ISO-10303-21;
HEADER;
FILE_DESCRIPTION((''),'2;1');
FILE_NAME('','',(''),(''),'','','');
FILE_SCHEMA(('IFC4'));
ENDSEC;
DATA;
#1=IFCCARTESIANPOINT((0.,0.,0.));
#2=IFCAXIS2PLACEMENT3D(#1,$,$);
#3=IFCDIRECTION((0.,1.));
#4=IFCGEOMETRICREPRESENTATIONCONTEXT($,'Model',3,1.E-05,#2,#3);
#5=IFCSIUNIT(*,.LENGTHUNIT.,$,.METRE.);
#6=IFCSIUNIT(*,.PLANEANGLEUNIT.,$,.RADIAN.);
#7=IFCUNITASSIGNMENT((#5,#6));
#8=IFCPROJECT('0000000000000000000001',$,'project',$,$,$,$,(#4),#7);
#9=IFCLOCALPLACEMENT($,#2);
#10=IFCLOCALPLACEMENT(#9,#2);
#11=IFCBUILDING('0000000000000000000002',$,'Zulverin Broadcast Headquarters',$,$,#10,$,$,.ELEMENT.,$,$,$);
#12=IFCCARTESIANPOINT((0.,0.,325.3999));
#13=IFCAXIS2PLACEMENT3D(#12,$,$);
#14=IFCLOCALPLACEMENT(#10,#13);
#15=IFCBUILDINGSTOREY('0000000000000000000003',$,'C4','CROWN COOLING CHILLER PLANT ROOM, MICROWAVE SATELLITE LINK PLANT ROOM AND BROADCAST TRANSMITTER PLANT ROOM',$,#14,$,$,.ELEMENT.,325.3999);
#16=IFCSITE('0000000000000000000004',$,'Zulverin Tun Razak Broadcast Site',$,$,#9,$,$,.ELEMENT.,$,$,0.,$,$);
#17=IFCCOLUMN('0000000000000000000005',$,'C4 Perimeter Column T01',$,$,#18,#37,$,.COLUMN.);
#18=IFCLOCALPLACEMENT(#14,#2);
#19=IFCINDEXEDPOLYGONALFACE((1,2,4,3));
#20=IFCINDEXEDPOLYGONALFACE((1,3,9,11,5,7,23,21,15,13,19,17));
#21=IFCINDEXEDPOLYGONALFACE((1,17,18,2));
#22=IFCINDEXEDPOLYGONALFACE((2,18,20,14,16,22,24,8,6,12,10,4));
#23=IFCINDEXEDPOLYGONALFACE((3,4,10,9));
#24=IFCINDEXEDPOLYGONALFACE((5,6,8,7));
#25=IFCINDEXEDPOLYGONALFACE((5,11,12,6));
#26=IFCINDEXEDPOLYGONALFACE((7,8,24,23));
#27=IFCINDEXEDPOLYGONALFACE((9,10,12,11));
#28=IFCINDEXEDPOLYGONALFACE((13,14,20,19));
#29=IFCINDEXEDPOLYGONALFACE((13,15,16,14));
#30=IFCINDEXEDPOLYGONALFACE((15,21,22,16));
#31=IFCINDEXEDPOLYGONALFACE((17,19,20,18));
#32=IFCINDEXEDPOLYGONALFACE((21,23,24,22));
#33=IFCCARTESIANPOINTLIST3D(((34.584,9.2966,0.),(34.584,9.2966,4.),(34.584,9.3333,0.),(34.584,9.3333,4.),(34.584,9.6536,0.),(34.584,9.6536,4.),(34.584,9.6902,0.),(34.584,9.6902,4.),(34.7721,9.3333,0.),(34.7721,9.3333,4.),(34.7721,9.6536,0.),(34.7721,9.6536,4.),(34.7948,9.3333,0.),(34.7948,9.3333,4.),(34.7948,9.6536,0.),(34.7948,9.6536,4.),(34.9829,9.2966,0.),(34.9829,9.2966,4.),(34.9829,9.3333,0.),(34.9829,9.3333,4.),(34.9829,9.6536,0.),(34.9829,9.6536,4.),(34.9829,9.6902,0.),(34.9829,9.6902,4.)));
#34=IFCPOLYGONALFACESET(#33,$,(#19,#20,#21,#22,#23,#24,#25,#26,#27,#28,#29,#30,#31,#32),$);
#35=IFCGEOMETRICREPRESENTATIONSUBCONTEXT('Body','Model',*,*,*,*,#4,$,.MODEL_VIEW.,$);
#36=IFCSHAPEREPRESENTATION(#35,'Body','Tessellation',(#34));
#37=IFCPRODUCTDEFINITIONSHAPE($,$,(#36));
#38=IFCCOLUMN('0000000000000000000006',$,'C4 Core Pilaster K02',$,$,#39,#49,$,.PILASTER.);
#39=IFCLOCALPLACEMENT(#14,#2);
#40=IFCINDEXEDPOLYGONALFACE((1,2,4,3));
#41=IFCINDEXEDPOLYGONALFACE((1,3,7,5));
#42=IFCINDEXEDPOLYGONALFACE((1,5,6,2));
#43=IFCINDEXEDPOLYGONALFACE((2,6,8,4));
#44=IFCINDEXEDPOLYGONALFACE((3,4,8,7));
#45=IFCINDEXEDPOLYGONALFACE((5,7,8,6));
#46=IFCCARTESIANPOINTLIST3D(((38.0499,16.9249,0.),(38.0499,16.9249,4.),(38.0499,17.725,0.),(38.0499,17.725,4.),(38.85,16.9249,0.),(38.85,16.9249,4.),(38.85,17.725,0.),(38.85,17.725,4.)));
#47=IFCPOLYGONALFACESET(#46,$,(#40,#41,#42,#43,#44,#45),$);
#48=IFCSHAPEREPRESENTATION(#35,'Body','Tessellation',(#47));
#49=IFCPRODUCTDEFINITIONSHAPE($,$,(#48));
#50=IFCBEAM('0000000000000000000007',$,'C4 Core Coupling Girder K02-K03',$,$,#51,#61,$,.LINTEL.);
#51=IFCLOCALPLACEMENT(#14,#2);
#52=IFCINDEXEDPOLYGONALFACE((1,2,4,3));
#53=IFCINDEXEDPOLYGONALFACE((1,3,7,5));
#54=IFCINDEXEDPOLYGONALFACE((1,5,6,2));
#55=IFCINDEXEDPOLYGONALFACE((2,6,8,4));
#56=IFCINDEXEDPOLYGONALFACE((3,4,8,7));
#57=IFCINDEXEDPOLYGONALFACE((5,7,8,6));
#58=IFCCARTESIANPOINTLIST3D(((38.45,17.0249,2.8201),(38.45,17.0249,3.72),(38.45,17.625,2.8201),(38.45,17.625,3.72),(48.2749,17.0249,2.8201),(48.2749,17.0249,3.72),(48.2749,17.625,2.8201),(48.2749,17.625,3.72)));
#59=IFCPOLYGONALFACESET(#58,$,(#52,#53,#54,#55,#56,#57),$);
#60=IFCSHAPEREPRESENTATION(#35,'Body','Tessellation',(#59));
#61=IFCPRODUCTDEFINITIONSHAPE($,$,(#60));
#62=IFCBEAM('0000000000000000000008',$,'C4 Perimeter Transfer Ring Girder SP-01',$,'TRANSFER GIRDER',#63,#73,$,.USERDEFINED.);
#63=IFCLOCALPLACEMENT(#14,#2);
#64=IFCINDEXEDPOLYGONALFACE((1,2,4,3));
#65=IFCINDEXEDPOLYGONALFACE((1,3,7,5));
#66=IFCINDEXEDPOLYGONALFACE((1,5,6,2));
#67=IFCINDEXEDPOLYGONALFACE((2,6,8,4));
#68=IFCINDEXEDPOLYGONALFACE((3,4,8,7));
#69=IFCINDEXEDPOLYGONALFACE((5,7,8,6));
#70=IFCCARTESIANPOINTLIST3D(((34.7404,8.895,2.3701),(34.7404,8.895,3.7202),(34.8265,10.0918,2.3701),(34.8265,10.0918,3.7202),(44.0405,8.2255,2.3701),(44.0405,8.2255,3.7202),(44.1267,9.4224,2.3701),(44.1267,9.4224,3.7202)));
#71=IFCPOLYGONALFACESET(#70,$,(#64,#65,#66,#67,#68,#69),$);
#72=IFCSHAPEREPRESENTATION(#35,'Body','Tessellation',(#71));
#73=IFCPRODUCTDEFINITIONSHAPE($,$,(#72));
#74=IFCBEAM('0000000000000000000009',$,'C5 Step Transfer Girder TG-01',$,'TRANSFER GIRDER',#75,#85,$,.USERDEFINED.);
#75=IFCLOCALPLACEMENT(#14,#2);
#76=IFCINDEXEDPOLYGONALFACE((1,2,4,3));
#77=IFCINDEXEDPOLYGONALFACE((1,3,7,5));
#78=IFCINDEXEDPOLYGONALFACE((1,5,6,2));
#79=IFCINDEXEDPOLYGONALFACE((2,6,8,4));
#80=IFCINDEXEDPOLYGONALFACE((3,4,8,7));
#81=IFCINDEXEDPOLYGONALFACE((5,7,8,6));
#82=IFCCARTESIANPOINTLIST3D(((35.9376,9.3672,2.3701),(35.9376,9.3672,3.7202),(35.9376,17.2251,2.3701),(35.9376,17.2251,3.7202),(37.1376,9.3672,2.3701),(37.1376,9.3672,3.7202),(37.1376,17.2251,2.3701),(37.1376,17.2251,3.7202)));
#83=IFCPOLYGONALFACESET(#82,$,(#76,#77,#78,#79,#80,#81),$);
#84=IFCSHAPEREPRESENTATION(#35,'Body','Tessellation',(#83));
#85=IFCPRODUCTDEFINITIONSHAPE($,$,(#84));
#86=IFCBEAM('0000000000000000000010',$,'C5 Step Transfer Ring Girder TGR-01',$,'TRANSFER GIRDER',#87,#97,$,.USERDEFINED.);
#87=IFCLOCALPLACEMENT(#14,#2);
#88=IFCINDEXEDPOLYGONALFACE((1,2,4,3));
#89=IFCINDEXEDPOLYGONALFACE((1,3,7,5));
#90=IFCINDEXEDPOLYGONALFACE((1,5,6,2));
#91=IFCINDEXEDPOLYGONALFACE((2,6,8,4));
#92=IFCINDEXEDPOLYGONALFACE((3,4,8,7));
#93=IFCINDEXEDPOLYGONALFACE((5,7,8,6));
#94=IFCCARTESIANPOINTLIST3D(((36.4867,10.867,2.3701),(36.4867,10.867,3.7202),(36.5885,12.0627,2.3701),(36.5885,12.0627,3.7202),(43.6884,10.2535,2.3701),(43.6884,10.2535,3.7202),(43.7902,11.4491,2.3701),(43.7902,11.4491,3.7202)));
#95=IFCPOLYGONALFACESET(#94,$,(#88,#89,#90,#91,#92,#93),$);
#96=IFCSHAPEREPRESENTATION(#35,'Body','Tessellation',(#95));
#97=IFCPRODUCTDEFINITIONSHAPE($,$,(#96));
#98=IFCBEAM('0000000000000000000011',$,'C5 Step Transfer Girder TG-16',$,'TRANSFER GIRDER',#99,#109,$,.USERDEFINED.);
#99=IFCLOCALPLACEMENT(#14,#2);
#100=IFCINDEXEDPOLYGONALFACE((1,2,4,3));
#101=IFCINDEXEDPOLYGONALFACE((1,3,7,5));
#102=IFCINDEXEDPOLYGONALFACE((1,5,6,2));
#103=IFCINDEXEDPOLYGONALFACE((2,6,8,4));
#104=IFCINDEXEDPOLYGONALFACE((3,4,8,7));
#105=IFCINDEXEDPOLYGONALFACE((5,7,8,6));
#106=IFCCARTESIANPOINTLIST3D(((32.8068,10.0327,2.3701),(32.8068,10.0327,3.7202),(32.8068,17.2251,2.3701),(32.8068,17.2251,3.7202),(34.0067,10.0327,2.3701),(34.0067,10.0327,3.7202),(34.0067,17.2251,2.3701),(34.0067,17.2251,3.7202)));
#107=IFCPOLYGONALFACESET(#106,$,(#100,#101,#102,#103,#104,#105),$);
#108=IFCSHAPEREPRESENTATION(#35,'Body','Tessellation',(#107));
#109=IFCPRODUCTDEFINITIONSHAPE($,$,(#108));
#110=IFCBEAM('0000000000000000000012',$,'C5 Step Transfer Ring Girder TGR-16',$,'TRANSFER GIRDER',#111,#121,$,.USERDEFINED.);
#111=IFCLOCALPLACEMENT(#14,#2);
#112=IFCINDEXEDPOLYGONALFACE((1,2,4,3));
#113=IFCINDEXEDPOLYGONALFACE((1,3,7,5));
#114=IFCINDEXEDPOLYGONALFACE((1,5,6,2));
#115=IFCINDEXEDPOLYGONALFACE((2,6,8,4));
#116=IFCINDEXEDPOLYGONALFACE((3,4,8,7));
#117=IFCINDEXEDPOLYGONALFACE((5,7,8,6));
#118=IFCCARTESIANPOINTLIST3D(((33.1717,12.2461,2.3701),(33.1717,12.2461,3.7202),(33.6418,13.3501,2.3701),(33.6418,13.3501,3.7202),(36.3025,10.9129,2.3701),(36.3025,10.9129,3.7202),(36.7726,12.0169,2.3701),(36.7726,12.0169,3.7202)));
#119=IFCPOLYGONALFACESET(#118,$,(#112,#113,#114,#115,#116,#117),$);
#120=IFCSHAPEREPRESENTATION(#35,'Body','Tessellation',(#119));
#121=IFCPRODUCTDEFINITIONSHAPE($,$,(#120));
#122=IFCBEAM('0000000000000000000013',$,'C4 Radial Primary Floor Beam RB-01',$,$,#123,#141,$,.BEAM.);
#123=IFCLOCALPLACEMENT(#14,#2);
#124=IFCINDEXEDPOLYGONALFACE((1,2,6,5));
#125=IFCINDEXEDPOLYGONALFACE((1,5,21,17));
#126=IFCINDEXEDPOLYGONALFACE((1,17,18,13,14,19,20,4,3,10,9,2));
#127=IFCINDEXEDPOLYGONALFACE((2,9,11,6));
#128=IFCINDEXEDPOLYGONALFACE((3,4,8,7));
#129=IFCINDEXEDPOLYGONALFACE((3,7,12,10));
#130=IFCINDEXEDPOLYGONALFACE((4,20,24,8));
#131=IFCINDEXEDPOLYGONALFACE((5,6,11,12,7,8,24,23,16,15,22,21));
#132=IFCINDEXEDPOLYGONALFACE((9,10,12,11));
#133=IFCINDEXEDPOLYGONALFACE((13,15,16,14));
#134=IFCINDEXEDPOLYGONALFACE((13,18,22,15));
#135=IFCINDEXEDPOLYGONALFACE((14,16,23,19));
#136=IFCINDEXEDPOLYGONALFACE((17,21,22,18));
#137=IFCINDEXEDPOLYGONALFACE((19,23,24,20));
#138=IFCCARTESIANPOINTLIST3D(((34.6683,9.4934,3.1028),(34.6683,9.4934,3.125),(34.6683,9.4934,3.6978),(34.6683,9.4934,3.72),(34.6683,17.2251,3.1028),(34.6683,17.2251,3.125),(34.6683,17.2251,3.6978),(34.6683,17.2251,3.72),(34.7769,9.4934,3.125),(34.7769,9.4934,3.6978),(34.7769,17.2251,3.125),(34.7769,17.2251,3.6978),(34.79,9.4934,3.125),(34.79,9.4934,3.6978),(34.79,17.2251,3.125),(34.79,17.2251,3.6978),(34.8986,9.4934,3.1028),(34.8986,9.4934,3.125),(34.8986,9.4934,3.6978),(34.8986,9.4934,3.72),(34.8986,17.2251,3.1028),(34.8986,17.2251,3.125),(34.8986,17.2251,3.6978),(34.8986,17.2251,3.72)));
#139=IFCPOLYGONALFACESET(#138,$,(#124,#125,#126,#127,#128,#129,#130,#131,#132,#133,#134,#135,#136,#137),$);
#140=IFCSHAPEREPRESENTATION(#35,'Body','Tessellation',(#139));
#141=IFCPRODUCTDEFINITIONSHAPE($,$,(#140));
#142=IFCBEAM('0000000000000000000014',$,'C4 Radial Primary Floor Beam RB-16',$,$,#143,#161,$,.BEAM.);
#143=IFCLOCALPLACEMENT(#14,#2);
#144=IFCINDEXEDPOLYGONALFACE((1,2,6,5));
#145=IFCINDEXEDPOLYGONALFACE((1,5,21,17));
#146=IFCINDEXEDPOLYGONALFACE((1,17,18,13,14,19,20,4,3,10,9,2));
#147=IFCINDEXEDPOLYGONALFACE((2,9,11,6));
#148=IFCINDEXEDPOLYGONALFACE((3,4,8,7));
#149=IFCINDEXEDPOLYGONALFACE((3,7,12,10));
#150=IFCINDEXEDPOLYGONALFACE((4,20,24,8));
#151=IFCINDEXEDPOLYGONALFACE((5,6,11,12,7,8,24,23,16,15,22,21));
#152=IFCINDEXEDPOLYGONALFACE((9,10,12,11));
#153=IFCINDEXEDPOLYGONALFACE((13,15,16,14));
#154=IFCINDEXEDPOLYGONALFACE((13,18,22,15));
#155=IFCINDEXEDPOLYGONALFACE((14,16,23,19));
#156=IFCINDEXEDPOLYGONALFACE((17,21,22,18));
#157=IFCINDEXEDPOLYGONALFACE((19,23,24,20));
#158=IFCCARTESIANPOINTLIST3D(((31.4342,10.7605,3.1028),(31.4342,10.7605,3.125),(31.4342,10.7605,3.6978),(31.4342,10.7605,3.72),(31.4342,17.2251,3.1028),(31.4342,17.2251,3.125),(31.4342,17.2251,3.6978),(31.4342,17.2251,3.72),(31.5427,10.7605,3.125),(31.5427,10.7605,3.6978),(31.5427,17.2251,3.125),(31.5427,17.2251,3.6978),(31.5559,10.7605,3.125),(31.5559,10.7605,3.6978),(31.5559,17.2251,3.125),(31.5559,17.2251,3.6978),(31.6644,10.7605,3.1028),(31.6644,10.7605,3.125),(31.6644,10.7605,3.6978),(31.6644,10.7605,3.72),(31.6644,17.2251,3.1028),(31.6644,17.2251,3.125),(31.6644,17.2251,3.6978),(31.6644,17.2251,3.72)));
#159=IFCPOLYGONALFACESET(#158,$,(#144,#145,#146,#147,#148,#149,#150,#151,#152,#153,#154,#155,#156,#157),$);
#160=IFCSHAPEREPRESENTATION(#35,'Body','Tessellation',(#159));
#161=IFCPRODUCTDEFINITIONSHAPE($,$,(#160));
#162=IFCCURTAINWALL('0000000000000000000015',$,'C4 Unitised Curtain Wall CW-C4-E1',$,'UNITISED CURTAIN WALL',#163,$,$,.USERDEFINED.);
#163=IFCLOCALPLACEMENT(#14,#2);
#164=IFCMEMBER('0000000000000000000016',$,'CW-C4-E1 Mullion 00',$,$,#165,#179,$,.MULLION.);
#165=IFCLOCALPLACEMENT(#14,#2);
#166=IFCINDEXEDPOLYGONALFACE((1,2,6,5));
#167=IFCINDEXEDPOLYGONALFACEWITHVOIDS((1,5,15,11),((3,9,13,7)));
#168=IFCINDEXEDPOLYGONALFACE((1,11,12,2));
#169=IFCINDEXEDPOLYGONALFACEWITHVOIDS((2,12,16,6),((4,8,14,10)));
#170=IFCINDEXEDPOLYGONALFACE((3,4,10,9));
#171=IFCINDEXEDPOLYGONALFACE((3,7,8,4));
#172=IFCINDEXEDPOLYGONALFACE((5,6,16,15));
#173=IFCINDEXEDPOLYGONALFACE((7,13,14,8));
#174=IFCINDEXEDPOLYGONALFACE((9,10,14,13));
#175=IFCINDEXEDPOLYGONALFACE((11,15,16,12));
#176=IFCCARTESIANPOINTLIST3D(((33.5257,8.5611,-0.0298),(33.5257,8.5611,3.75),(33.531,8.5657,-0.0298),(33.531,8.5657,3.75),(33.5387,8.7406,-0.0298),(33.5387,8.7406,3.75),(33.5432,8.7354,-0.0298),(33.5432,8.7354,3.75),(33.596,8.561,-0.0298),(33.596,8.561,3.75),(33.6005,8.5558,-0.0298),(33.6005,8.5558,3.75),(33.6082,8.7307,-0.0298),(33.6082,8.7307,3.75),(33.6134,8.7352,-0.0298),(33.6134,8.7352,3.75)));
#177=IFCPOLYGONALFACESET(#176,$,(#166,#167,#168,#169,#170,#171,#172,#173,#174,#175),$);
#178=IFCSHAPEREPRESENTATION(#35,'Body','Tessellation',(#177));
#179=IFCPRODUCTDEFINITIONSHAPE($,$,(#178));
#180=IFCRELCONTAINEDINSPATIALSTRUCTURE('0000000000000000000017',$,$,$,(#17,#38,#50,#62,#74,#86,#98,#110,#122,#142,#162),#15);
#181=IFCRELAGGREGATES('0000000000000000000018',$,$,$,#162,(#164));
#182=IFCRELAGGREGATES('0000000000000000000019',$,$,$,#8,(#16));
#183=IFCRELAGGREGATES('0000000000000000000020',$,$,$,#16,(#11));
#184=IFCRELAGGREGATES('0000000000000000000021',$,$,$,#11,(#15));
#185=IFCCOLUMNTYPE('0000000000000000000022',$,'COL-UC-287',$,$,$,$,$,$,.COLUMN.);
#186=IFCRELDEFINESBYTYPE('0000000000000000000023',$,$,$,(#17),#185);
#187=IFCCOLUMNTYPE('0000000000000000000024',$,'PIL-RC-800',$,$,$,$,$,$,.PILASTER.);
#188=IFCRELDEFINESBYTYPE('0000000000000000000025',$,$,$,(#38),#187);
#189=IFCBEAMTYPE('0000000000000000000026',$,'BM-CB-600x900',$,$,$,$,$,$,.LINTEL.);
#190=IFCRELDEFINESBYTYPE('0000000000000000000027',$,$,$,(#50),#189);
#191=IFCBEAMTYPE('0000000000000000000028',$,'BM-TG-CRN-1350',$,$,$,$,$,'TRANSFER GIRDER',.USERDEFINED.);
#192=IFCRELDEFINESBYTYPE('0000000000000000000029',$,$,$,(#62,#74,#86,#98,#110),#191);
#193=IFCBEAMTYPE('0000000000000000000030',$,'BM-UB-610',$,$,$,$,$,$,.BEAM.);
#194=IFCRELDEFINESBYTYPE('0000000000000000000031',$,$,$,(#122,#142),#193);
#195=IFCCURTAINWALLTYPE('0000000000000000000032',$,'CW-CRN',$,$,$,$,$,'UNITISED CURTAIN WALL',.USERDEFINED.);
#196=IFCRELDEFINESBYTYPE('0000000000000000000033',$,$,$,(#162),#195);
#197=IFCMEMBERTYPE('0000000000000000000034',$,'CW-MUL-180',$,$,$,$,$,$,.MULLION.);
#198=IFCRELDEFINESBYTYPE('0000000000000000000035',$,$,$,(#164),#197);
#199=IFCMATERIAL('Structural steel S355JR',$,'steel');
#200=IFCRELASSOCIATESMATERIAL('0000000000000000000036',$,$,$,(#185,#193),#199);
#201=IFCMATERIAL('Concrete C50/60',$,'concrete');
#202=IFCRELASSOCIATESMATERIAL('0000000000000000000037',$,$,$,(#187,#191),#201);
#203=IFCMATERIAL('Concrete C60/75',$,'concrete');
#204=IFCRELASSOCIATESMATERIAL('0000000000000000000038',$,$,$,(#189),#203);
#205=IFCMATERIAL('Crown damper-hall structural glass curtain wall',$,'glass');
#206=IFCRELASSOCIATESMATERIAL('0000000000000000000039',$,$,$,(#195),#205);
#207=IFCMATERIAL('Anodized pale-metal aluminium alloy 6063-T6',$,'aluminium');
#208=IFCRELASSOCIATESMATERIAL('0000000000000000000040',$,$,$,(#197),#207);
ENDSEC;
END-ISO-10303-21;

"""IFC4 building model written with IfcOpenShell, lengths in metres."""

from ifc_helpers import new_model, si_unit, direction, frame, origin, origin_2d, place, context, subcontext, project, spatial, rectangle, hollow_rectangle, i_section, extrude, material, material_profile, profile_set, type_object, element, aggregate, save


model = new_model("IFC4")

# Units and contexts
model_context = context("Model", 3, precision=1e-05, world=origin(), true_north=direction((0.0, 1.0)))
body_context = subcontext(model_context, "Body", "Model", "MODEL_VIEW")
ifc_project = project(units=[si_unit("LENGTHUNIT", "METRE"), si_unit("PLANEANGLEUNIT", "RADIAN")], contexts=[model_context])

# Site, building, storey
site_placement = place(None, origin())
site = spatial("IfcSite", under=ifc_project, at=site_placement, Name="Zulverin Tun Razak Broadcast Site", CompositionType="ELEMENT", RefElevation=0.0)
building_placement = place(site_placement, origin())
building = spatial("IfcBuilding", under=site, at=building_placement, Name="Zulverin Broadcast Headquarters", CompositionType="ELEMENT")
storey_placement = place(building_placement, frame((0.0, 0.0, 325.3999)))
storey = spatial("IfcBuildingStorey", under=building, at=storey_placement, Name="C4", Description="CROWN COOLING CHILLER PLANT ROOM, MICROWAVE SATELLITE LINK PLANT ROOM AND BROADCAST TRANSMITTER PLANT ROOM", CompositionType="ELEMENT", Elevation=325.3999)

# Columns
ifc_material_1 = material(Name="Structural steel S355JR", Category="steel")
ifc_material_profile_1 = material_profile(ifc_material_1, i_section(OverallWidth=0.3989, OverallDepth=0.3936, WebThickness=0.0227, FlangeThickness=0.0366, at=origin_2d()), Name="Structural steel S355JR", Category="steel")
ifc_profile_set_1 = profile_set([ifc_material_profile_1], Name="Structural steel S355JR")
column_type_1 = type_object("IfcColumnType", Name="COL-UC-287", PredefinedType="COLUMN", material=ifc_profile_set_1)
column_1_placement = place(storey_placement, frame((34.7834, 9.4934, 0.0), z_axis=(0.0, 0.0, 1.0), x_axis=(1.0, 0.0, 0.0)))
element("IfcColumn", 1, at=column_1_placement, inside=storey, type_object=column_type_1, Name="C4 Perimeter Column T01", PredefinedType="COLUMN", context=body_context, shape_type="SweptSolid", body=[
    extrude(i_section(OverallWidth=0.3989, OverallDepth=0.3936, WebThickness=0.0227, FlangeThickness=0.0366, at=origin_2d()), origin(), (0.0, 0.0, 1.0), 4.0),
])
ifc_material_2 = material(Name="Concrete C50/60", Category="concrete")
ifc_material_profile_2 = material_profile(ifc_material_2, rectangle(XDim=0.8, YDim=0.8, at=origin_2d()), Name="Concrete C50/60", Category="concrete")
ifc_profile_set_2 = profile_set([ifc_material_profile_2], Name="Concrete C50/60")
column_type_2 = type_object("IfcColumnType", Name="PIL-RC-800", PredefinedType="PILASTER", material=ifc_profile_set_2)
column_2_placement = place(storey_placement, frame((38.45, 17.325, 0.0), z_axis=(0.0, 0.0, 1.0), x_axis=(1.0, 0.0, 0.0)))
element("IfcColumn", 2, at=column_2_placement, inside=storey, type_object=column_type_2, Name="C4 Core Pilaster K02", PredefinedType="PILASTER", context=body_context, shape_type="SweptSolid", body=[
    extrude(rectangle(XDim=0.8, YDim=0.8, at=origin_2d()), origin(), (0.0, 0.0, 1.0), 4.0),
])

# Beams
ifc_material_3 = material(Name="Concrete C60/75", Category="concrete")
ifc_material_profile_3 = material_profile(ifc_material_3, rectangle(XDim=0.6001, YDim=0.8999, at=origin_2d()), Name="Concrete C60/75", Category="concrete")
ifc_profile_set_3 = profile_set([ifc_material_profile_3], Name="Concrete C60/75")
beam_type_1 = type_object("IfcBeamType", Name="BM-CB-600x900", PredefinedType="LINTEL", material=ifc_profile_set_3)
beam_1_placement = place(storey_placement, frame((38.45, 17.325, 3.27), z_axis=(1.0, 0.0, 0.0), x_axis=(0.0, 1.0, 0.0)))
element("IfcBeam", 3, at=beam_1_placement, inside=storey, type_object=beam_type_1, Name="C4 Core Coupling Girder K02-K03", PredefinedType="LINTEL", context=body_context, shape_type="SweptSolid", body=[
    extrude(rectangle(XDim=0.6001, YDim=0.8999, at=origin_2d()), origin(), (0.0, 0.0, 1.0), 9.825),
])
ifc_material_profile_4 = material_profile(ifc_material_2, rectangle(XDim=1.2, YDim=1.3501, at=origin_2d()), Name="Concrete C50/60", Category="concrete")
ifc_profile_set_4 = profile_set([ifc_material_profile_4], Name="Concrete C50/60")
beam_type_2 = type_object("IfcBeamType", Name="BM-TG-CRN-1350", ElementType="TRANSFER GIRDER", PredefinedType="USERDEFINED", material=ifc_profile_set_4)
beam_2_placement = place(storey_placement, frame((34.7834, 9.4934, 3.0452), z_axis=(0.997419, -0.071796, 0.0), x_axis=(0.071796, 0.997419, 0.0)))
element("IfcBeam", 4, at=beam_2_placement, inside=storey, type_object=beam_type_2, Name="C4 Perimeter Transfer Ring Girder SP-01", ObjectType="TRANSFER GIRDER", PredefinedType="USERDEFINED", context=body_context, shape_type="SweptSolid", body=[
    extrude(rectangle(XDim=1.2, YDim=1.3501, at=origin_2d()), origin(), (0.0, 0.0, 1.0), 9.3242),
])
beam_3_placement = place(storey_placement, frame((36.5376, 17.2251, 3.0452), z_axis=(0.0, -1.0, 0.0), x_axis=(1.0, 0.0, 0.0)))
element("IfcBeam", 5, at=beam_3_placement, inside=storey, type_object=beam_type_2, Name="C5 Step Transfer Girder TG-01", ObjectType="TRANSFER GIRDER", PredefinedType="USERDEFINED", context=body_context, shape_type="SweptSolid", body=[
    extrude(rectangle(XDim=1.2, YDim=1.3501, at=origin_2d()), origin(), (0.0, 0.0, 1.0), 7.8579),
])
beam_4_placement = place(storey_placement, frame((36.5376, 11.4648, 3.0452), z_axis=(0.996391, -0.084885, 0.0), x_axis=(0.084885, 0.996391, 0.0)))
element("IfcBeam", 6, at=beam_4_placement, inside=storey, type_object=beam_type_2, Name="C5 Step Transfer Ring Girder TGR-01", ObjectType="TRANSFER GIRDER", PredefinedType="USERDEFINED", context=body_context, shape_type="SweptSolid", body=[
    extrude(rectangle(XDim=1.2, YDim=1.3501, at=origin_2d()), origin(), (0.0, 0.0, 1.0), 7.2278),
])
beam_5_placement = place(storey_placement, frame((33.4067, 17.2251, 3.0452), z_axis=(0.0, -1.0, 0.0), x_axis=(1.0, 0.0, 0.0)))
element("IfcBeam", 7, at=beam_5_placement, inside=storey, type_object=beam_type_2, Name="C5 Step Transfer Girder TG-16", ObjectType="TRANSFER GIRDER", PredefinedType="USERDEFINED", context=body_context, shape_type="SweptSolid", body=[
    extrude(rectangle(XDim=1.2, YDim=1.3501, at=origin_2d()), origin(), (0.0, 0.0, 1.0), 7.1924),
])
beam_6_placement = place(storey_placement, frame((33.4067, 12.7981, 3.0452), z_axis=(0.920052, -0.391797, 0.0), x_axis=(0.391797, 0.920052, 0.0)))
element("IfcBeam", 8, at=beam_6_placement, inside=storey, type_object=beam_type_2, Name="C5 Step Transfer Ring Girder TGR-16", ObjectType="TRANSFER GIRDER", PredefinedType="USERDEFINED", context=body_context, shape_type="SweptSolid", body=[
    extrude(rectangle(XDim=1.2, YDim=1.3501, at=origin_2d()), origin(), (0.0, 0.0, 1.0), 3.4028),
])
ifc_material_profile_5 = material_profile(ifc_material_1, i_section(OverallWidth=0.2302, OverallDepth=0.6172, WebThickness=0.0132, FlangeThickness=0.0222, at=origin_2d()), Name="Structural steel S355JR", Category="steel")
ifc_profile_set_5 = profile_set([ifc_material_profile_5], Name="Structural steel S355JR")
beam_type_3 = type_object("IfcBeamType", Name="BM-UB-610", PredefinedType="BEAM", material=ifc_profile_set_5)
beam_7_placement = place(storey_placement, frame((34.7834, 17.2251, 3.4114), z_axis=(0.0, -1.0, 0.0), x_axis=(1.0, 0.0, 0.0)))
element("IfcBeam", 9, at=beam_7_placement, inside=storey, type_object=beam_type_3, Name="C4 Radial Primary Floor Beam RB-01", PredefinedType="BEAM", context=body_context, shape_type="SweptSolid", body=[
    extrude(i_section(OverallWidth=0.2302, OverallDepth=0.6172, WebThickness=0.0132, FlangeThickness=0.0222, at=origin_2d()), origin(), (0.0, 0.0, 1.0), 7.7317),
])
beam_8_placement = place(storey_placement, frame((31.5493, 17.2251, 3.4114), z_axis=(0.0, -1.0, 0.0), x_axis=(1.0, 0.0, 0.0)))
element("IfcBeam", 10, at=beam_8_placement, inside=storey, type_object=beam_type_3, Name="C4 Radial Primary Floor Beam RB-16", PredefinedType="BEAM", context=body_context, shape_type="SweptSolid", body=[
    extrude(i_section(OverallWidth=0.2302, OverallDepth=0.6172, WebThickness=0.0132, FlangeThickness=0.0222, at=origin_2d()), origin(), (0.0, 0.0, 1.0), 6.4646),
])

# Curtain wall, member
ifc_material_4 = material(Name="Crown damper-hall structural glass curtain wall", Category="glass")
curtain_wall_type = type_object("IfcCurtainWallType", Name="CW-CRN", ElementType="UNITISED CURTAIN WALL", PredefinedType="USERDEFINED", material=ifc_material_4)
curtain_wall_placement = place(storey_placement, origin())
curtain_wall = element("IfcCurtainWall", 11, at=curtain_wall_placement, inside=storey, type_object=curtain_wall_type, Name="C4 Unitised Curtain Wall CW-C4-E1", ObjectType="UNITISED CURTAIN WALL", PredefinedType="USERDEFINED")
ifc_material_5 = material(Name="Anodized pale-metal aluminium alloy 6063-T6", Category="aluminium")
ifc_material_profile_6 = material_profile(ifc_material_5, hollow_rectangle(XDim=0.075, YDim=0.1799, WallThickness=0.0049, at=origin_2d()), Name="Anodized pale-metal aluminium alloy 6063-T6", Category="aluminium")
ifc_profile_set_6 = profile_set([ifc_material_profile_6], Name="Anodized pale-metal aluminium alloy 6063-T6")
member_type_1 = type_object("IfcMemberType", Name="CW-MUL-180", PredefinedType="MULLION", material=ifc_profile_set_6)
member_1_placement = place(storey_placement, frame((33.5696, 8.6482, -0.0298), z_axis=(0.0, 0.0, 1.0), x_axis=(0.997421, -0.071774, 0.0)))
member_1 = element("IfcMember", 12, at=member_1_placement, type_object=member_type_1, Name="CW-C4-E1 Mullion 00", PredefinedType="MULLION", context=body_context, shape_type="SweptSolid", body=[
    extrude(hollow_rectangle(XDim=0.075, YDim=0.1799, WallThickness=0.0049, at=origin_2d()), origin(), (0.0, 0.0, 1.0), 3.7798),
])
aggregate(curtain_wall, [member_1])

save(model, "model.ifc")
